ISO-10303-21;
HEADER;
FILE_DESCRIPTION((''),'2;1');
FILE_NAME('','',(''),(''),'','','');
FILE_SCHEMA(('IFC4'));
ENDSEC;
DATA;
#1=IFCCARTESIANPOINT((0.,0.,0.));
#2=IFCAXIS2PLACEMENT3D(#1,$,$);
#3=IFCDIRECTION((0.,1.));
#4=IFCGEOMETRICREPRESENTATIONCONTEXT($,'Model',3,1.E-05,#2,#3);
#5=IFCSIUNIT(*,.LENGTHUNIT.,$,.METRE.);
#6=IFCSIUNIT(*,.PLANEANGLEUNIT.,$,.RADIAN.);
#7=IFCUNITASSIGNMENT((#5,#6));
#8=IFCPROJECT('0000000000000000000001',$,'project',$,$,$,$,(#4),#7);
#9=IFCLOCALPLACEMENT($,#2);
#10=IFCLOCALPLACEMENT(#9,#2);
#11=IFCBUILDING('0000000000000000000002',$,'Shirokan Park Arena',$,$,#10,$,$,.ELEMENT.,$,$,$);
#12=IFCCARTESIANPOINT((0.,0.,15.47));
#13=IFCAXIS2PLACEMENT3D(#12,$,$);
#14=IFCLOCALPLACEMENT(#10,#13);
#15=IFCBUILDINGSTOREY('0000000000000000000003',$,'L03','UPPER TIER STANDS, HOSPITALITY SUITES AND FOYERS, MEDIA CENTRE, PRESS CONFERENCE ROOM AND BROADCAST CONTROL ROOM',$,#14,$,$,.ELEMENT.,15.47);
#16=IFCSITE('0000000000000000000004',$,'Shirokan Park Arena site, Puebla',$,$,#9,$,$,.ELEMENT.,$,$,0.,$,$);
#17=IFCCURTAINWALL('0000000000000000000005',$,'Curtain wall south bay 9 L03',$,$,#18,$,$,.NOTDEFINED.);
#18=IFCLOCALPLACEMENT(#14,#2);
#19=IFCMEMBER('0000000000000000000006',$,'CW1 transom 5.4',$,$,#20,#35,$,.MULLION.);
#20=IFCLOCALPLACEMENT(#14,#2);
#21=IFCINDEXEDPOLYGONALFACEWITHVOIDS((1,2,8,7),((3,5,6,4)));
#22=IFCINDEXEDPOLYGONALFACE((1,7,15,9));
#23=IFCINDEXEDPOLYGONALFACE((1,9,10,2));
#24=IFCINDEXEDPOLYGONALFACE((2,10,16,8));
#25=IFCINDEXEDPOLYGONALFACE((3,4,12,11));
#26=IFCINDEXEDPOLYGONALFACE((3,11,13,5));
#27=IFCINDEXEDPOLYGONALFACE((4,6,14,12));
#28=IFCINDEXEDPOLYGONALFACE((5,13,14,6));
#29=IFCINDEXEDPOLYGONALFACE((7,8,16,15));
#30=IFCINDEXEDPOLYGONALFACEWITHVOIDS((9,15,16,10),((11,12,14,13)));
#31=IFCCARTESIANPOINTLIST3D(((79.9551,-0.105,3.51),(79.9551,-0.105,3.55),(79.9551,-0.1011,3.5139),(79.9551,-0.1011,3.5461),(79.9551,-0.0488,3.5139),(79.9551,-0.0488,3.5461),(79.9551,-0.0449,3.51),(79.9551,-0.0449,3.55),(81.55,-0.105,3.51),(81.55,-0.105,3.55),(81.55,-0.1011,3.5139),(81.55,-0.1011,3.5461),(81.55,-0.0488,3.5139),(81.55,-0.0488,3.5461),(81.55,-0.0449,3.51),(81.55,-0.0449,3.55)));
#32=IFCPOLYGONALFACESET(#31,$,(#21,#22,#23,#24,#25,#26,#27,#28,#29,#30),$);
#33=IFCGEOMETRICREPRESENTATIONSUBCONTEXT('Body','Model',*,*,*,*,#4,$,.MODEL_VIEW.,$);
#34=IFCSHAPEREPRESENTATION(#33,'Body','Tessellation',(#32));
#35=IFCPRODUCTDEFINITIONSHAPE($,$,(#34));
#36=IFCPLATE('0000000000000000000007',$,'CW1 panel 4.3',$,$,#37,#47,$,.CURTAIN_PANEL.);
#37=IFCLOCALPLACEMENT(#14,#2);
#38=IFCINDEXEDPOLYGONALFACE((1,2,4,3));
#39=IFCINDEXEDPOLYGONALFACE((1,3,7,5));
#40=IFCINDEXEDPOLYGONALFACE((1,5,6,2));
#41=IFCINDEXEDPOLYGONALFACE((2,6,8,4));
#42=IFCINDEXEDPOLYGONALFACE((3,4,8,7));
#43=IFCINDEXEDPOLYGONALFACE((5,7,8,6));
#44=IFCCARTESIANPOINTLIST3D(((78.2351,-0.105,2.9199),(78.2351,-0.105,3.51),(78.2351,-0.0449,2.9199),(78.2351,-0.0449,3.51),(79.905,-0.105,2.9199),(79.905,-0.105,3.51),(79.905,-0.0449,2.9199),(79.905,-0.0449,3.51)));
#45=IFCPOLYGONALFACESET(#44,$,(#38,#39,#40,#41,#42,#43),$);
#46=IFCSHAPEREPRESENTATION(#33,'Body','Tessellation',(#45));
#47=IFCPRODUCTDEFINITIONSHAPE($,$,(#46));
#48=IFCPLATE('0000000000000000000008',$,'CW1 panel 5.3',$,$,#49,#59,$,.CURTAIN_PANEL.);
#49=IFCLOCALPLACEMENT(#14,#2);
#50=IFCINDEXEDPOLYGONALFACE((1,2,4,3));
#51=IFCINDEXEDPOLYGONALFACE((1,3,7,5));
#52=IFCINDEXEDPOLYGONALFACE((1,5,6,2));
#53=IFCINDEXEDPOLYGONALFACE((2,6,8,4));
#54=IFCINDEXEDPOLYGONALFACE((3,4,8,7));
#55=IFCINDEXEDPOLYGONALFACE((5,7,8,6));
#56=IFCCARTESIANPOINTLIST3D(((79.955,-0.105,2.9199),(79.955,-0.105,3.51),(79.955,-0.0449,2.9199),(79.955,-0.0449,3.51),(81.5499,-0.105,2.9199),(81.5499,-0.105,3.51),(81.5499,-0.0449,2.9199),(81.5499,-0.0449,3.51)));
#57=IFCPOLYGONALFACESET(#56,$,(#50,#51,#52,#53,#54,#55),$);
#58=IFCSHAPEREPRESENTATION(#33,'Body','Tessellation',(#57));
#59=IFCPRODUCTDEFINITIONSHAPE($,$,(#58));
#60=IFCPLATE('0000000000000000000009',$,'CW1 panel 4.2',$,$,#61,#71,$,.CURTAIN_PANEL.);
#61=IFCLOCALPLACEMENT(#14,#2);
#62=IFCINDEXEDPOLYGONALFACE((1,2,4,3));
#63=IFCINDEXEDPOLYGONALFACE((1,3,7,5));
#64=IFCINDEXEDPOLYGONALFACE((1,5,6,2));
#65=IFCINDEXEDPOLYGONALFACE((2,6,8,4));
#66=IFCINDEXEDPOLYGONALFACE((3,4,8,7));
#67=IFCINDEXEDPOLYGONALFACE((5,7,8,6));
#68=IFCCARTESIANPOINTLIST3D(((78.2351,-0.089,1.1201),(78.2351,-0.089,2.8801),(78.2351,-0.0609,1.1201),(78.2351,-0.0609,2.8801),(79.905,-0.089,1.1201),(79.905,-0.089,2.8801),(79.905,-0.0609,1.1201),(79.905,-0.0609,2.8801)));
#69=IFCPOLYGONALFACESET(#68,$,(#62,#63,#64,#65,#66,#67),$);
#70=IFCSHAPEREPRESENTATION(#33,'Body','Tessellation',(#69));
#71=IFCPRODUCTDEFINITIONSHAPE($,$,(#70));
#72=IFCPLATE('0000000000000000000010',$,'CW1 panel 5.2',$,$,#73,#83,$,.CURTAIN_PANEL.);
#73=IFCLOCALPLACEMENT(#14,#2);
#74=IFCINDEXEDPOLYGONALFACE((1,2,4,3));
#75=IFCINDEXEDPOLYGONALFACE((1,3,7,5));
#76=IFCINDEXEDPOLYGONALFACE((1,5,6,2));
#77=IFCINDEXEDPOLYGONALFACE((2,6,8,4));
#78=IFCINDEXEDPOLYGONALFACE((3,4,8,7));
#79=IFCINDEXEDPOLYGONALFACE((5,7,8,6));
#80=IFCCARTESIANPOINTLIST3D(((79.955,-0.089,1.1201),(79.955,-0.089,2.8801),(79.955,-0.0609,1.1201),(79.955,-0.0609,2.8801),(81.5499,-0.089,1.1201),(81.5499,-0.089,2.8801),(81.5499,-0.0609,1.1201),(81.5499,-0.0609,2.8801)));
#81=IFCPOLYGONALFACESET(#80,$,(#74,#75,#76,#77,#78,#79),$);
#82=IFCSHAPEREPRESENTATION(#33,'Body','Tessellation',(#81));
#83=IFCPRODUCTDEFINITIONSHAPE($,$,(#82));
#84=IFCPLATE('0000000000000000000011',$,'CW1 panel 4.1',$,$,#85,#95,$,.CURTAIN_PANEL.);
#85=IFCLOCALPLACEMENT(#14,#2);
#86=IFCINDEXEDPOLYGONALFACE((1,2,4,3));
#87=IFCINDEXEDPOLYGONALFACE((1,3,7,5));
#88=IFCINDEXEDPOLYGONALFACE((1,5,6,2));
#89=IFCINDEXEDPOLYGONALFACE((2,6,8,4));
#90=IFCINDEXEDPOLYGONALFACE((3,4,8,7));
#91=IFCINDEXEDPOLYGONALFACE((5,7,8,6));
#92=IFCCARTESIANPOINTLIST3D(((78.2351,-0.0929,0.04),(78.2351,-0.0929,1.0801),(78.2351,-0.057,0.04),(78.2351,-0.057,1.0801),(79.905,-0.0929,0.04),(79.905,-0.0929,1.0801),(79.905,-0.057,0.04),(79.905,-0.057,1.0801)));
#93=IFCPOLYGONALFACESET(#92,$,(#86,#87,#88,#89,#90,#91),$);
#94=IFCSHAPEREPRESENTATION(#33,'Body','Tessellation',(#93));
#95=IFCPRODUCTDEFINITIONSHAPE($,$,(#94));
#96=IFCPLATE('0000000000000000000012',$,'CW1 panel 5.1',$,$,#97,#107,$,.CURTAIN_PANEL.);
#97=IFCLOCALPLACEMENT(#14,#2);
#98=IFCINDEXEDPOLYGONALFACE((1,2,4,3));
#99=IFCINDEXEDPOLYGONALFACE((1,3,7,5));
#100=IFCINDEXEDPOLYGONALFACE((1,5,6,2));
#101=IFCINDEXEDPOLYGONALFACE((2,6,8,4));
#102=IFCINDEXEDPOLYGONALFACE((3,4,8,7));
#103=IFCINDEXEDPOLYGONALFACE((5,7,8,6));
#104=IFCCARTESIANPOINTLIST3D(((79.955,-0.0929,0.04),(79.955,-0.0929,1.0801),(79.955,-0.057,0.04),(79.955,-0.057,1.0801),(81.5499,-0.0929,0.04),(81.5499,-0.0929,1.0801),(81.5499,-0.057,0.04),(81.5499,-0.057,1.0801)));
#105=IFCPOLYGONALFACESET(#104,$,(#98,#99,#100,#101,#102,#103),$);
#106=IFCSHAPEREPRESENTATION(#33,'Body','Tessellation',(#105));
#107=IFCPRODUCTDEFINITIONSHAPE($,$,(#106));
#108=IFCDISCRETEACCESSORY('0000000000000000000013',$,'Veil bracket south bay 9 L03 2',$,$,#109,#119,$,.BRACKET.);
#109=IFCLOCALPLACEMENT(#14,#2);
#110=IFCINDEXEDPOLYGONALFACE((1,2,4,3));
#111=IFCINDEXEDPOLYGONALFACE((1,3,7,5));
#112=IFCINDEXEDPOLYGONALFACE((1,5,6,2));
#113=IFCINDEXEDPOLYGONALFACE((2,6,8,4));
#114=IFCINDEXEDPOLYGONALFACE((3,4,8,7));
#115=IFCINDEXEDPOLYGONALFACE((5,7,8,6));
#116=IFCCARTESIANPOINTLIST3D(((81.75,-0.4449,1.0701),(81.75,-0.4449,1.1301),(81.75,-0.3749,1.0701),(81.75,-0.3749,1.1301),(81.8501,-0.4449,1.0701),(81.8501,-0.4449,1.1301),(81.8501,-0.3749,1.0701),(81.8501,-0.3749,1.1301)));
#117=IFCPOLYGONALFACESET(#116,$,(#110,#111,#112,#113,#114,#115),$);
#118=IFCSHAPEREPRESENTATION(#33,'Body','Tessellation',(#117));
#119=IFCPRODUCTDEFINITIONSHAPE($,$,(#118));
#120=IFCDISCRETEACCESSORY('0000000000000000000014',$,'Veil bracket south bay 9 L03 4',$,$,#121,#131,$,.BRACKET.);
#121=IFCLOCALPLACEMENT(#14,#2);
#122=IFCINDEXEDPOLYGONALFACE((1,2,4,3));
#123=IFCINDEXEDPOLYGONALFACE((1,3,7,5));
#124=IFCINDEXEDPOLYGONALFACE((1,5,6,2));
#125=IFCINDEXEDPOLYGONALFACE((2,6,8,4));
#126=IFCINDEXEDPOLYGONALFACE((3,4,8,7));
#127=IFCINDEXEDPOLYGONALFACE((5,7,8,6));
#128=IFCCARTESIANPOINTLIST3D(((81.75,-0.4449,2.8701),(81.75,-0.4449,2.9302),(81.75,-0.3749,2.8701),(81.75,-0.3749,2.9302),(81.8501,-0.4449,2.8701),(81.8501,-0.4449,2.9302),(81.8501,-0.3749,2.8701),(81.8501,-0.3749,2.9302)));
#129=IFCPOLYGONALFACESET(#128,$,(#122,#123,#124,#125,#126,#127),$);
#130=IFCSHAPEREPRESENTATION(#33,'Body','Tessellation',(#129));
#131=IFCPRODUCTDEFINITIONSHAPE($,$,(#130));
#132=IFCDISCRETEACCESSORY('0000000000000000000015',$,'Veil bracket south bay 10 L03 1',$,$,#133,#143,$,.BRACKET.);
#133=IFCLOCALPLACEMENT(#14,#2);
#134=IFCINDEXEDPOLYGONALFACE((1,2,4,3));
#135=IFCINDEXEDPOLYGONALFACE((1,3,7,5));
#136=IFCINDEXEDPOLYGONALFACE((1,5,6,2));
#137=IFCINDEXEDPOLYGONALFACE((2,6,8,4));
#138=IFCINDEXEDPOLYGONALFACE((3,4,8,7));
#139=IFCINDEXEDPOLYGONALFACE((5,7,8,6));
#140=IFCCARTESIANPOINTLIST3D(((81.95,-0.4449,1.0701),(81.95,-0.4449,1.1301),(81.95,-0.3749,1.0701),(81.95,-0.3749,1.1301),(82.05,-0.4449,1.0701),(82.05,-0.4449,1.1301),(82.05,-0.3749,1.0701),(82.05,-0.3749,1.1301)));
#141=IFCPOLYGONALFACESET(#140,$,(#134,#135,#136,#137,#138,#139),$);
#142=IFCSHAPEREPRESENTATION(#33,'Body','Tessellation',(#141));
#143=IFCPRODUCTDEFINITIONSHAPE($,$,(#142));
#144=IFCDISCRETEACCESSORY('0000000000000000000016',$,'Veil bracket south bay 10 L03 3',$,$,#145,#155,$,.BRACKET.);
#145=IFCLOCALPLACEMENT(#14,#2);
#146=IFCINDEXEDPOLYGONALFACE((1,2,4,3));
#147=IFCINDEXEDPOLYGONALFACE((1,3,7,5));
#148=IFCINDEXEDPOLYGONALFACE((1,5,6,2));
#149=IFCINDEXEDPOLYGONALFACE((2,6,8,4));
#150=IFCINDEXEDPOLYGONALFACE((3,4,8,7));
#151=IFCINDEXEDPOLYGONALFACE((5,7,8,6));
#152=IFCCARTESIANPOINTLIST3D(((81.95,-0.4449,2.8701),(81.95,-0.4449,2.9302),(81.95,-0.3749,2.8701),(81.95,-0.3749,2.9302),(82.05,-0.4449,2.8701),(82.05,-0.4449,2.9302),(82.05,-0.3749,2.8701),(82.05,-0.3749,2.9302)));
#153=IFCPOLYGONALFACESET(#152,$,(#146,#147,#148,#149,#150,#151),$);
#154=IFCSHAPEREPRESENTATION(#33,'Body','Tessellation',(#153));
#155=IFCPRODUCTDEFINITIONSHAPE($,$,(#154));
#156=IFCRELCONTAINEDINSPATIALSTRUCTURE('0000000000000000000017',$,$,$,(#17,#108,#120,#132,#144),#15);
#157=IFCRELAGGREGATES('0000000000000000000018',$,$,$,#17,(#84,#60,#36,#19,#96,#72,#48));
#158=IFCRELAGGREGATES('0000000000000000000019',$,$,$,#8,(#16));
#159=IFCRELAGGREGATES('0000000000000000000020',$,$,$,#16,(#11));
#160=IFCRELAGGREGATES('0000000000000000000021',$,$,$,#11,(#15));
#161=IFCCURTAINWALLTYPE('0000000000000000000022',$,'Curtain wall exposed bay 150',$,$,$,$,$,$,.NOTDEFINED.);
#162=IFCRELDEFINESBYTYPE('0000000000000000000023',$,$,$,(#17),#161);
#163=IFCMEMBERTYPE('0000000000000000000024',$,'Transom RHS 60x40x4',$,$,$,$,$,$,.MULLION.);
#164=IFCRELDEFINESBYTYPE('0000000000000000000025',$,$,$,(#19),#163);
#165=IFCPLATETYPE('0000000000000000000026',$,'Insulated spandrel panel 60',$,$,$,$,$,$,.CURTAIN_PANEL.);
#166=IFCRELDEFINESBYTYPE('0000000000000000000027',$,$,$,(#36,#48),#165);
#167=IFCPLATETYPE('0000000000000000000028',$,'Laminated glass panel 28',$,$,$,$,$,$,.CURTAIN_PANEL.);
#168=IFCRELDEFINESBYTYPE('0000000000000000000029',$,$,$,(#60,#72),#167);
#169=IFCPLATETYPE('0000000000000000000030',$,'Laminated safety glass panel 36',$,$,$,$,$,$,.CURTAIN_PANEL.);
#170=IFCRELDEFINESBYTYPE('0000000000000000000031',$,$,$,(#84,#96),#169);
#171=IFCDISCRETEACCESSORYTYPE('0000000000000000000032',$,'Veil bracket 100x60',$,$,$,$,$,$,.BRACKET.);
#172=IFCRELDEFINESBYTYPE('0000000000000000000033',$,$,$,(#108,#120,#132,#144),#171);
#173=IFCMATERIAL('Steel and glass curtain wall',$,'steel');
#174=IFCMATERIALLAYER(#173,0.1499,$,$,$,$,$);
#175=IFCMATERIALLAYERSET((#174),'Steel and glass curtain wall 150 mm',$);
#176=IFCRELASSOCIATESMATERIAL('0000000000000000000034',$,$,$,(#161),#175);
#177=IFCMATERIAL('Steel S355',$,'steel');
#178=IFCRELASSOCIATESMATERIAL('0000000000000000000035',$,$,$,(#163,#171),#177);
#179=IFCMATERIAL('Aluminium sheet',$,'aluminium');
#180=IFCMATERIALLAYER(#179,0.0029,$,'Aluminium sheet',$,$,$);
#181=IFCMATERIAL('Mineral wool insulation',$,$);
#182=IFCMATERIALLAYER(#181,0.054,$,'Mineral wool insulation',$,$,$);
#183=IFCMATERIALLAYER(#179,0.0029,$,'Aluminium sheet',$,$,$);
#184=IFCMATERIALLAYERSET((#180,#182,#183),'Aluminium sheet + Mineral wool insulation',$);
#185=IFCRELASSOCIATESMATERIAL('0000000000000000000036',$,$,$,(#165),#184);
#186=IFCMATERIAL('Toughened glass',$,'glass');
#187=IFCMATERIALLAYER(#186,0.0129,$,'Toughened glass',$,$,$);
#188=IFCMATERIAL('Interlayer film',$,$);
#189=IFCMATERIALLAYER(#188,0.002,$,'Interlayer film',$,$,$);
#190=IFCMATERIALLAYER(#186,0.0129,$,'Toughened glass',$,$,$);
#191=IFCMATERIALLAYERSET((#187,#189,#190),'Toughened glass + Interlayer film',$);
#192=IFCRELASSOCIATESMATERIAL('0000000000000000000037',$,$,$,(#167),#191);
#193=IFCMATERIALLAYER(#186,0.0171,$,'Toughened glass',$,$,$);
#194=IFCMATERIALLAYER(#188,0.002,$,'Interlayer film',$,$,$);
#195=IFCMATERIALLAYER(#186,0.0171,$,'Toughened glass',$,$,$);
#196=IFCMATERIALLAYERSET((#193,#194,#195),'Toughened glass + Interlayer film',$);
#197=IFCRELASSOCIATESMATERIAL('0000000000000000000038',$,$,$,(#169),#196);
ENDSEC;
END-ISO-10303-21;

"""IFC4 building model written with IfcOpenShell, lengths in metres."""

from ifc_helpers import new_model, si_unit, direction, frame, origin, origin_2d, place, context, subcontext, project, spatial, rectangle, hollow_rectangle, extrude, material, layer, layer_set, material_profile, profile_set, type_object, element, aggregate, save


model = new_model("IFC4")

# Units and contexts
model_context = context("Model", 3, precision=1e-05, world=origin(), true_north=direction((0.0, 1.0)))
body_context = subcontext(model_context, "Body", "Model", "MODEL_VIEW")
ifc_project = project(units=[si_unit("LENGTHUNIT", "METRE"), si_unit("PLANEANGLEUNIT", "RADIAN")], contexts=[model_context])

# Site, building, storey
site_placement = place(None, origin())
site = spatial("IfcSite", under=ifc_project, at=site_placement, Name="Shirokan Park Arena site, Puebla", CompositionType="ELEMENT", RefElevation=0.0)
building_placement = place(site_placement, origin())
building = spatial("IfcBuilding", under=site, at=building_placement, Name="Shirokan Park Arena", CompositionType="ELEMENT")
storey_placement = place(building_placement, frame((0.0, 0.0, 15.47)))
storey = spatial("IfcBuildingStorey", under=building, at=storey_placement, Name="L03", Description="UPPER TIER STANDS, HOSPITALITY SUITES AND FOYERS, MEDIA CENTRE, PRESS CONFERENCE ROOM AND BROADCAST CONTROL ROOM", CompositionType="ELEMENT", Elevation=15.47)

# Curtain wall, member, plates
ifc_material_1 = material(Name="Steel and glass curtain wall", Category="steel")
ifc_layer_1 = layer(ifc_material_1, 0.1499)
ifc_layer_set_1 = layer_set([ifc_layer_1], Name="Steel and glass curtain wall 150 mm")
curtain_wall_type = type_object("IfcCurtainWallType", Name="Curtain wall exposed bay 150", PredefinedType="NOTDEFINED", material=ifc_layer_set_1)
curtain_wall_placement = place(storey_placement, origin())
curtain_wall = element("IfcCurtainWall", 1, at=curtain_wall_placement, inside=storey, type_object=curtain_wall_type, Name="Curtain wall south bay 9 L03", PredefinedType="NOTDEFINED")
ifc_material_2 = material(Name="Steel S355", Category="steel")
ifc_material_profile_1 = material_profile(ifc_material_2, hollow_rectangle(XDim=0.0601, YDim=0.04, WallThickness=0.0039, at=origin_2d()), Name="RHS 60x40x4")
ifc_profile_set_1 = profile_set([ifc_material_profile_1], Name="Steel S355")
member_type_1 = type_object("IfcMemberType", Name="Transom RHS 60x40x4", PredefinedType="MULLION", material=ifc_profile_set_1)
member_1_placement = place(storey_placement, frame((79.9551, -0.075, 3.53), z_axis=(1.0, 0.0, 0.0), x_axis=(0.0, 1.0, 0.0)))
member_1 = element("IfcMember", 2, at=member_1_placement, type_object=member_type_1, Name="CW1 transom 5.4", PredefinedType="MULLION", context=body_context, shape_type="SweptSolid", body=[
    extrude(hollow_rectangle(XDim=0.0601, YDim=0.04, WallThickness=0.0039, at=origin_2d()), origin(), (0.0, 0.0, 1.0), 1.595),
])
ifc_material_3 = material(Name="Aluminium sheet", Category="aluminium")
ifc_layer_2 = layer(ifc_material_3, 0.0029, Name="Aluminium sheet")
ifc_material_4 = material(Name="Mineral wool insulation")
ifc_layer_3 = layer(ifc_material_4, 0.054, Name="Mineral wool insulation")
ifc_layer_4 = layer(ifc_material_3, 0.0029, Name="Aluminium sheet")
ifc_layer_set_2 = layer_set([ifc_layer_2, ifc_layer_3, ifc_layer_4], Name="Aluminium sheet + Mineral wool insulation")
plate_type_1 = type_object("IfcPlateType", Name="Insulated spandrel panel 60", PredefinedType="CURTAIN_PANEL", material=ifc_layer_set_2)
plate_1_placement = place(storey_placement, frame((79.0701, -0.075, 2.9199), z_axis=(0.0, 0.0, 1.0), x_axis=(1.0, 0.0, 0.0)))
plate_1 = element("IfcPlate", 3, at=plate_1_placement, type_object=plate_type_1, Name="CW1 panel 4.3", PredefinedType="CURTAIN_PANEL", context=body_context, shape_type="SweptSolid", body=[
    extrude(rectangle(XDim=1.6699, YDim=0.0601, at=origin_2d()), origin(), (0.0, 0.0, 1.0), 0.5901),
])
plate_2_placement = place(storey_placement, frame((80.7524, -0.075, 2.9199), z_axis=(0.0, 0.0, 1.0), x_axis=(1.0, 0.0, 0.0)))
plate_2 = element("IfcPlate", 4, at=plate_2_placement, type_object=plate_type_1, Name="CW1 panel 5.3", PredefinedType="CURTAIN_PANEL", context=body_context, shape_type="SweptSolid", body=[
    extrude(rectangle(XDim=1.595, YDim=0.0601, at=origin_2d()), origin(), (0.0, 0.0, 1.0), 0.5901),
])
ifc_material_5 = material(Name="Toughened glass", Category="glass")
ifc_layer_5 = layer(ifc_material_5, 0.0129, Name="Toughened glass")
ifc_material_6 = material(Name="Interlayer film")
ifc_layer_6 = layer(ifc_material_6, 0.002, Name="Interlayer film")
ifc_layer_7 = layer(ifc_material_5, 0.0129, Name="Toughened glass")
ifc_layer_set_3 = layer_set([ifc_layer_5, ifc_layer_6, ifc_layer_7], Name="Toughened glass + Interlayer film")
plate_type_2 = type_object("IfcPlateType", Name="Laminated glass panel 28", PredefinedType="CURTAIN_PANEL", material=ifc_layer_set_3)
plate_3_placement = place(storey_placement, frame((79.0701, -0.075, 1.1201), z_axis=(0.0, 0.0, 1.0), x_axis=(1.0, 0.0, 0.0)))
plate_3 = element("IfcPlate", 5, at=plate_3_placement, type_object=plate_type_2, Name="CW1 panel 4.2", PredefinedType="CURTAIN_PANEL", context=body_context, shape_type="SweptSolid", body=[
    extrude(rectangle(XDim=1.6699, YDim=0.0281, at=origin_2d()), origin(), (0.0, 0.0, 1.0), 1.76),
])
plate_4_placement = place(storey_placement, frame((80.7524, -0.075, 1.1201), z_axis=(0.0, 0.0, 1.0), x_axis=(1.0, 0.0, 0.0)))
plate_4 = element("IfcPlate", 6, at=plate_4_placement, type_object=plate_type_2, Name="CW1 panel 5.2", PredefinedType="CURTAIN_PANEL", context=body_context, shape_type="SweptSolid", body=[
    extrude(rectangle(XDim=1.595, YDim=0.0281, at=origin_2d()), origin(), (0.0, 0.0, 1.0), 1.76),
])
ifc_layer_8 = layer(ifc_material_5, 0.0171, Name="Toughened glass")
ifc_layer_9 = layer(ifc_material_6, 0.002, Name="Interlayer film")
ifc_layer_10 = layer(ifc_material_5, 0.0171, Name="Toughened glass")
ifc_layer_set_4 = layer_set([ifc_layer_8, ifc_layer_9, ifc_layer_10], Name="Toughened glass + Interlayer film")
plate_type_3 = type_object("IfcPlateType", Name="Laminated safety glass panel 36", PredefinedType="CURTAIN_PANEL", material=ifc_layer_set_4)
plate_5_placement = place(storey_placement, frame((79.0701, -0.075, 0.04), z_axis=(0.0, 0.0, 1.0), x_axis=(1.0, 0.0, 0.0)))
plate_5 = element("IfcPlate", 7, at=plate_5_placement, type_object=plate_type_3, Name="CW1 panel 4.1", PredefinedType="CURTAIN_PANEL", context=body_context, shape_type="SweptSolid", body=[
    extrude(rectangle(XDim=1.6699, YDim=0.0359, at=origin_2d()), origin(), (0.0, 0.0, 1.0), 1.04),
])
plate_6_placement = place(storey_placement, frame((80.7524, -0.075, 0.04), z_axis=(0.0, 0.0, 1.0), x_axis=(1.0, 0.0, 0.0)))
plate_6 = element("IfcPlate", 8, at=plate_6_placement, type_object=plate_type_3, Name="CW1 panel 5.1", PredefinedType="CURTAIN_PANEL", context=body_context, shape_type="SweptSolid", body=[
    extrude(rectangle(XDim=1.595, YDim=0.0359, at=origin_2d()), origin(), (0.0, 0.0, 1.0), 1.04),
])
aggregate(curtain_wall, [plate_5, plate_3, plate_1, member_1, plate_6, plate_4, plate_2])

# Discrete accessories
discrete_accessory_type = type_object("IfcDiscreteAccessoryType", Name="Veil bracket 100x60", PredefinedType="BRACKET", material=ifc_material_2)
for number, where, z_axis, x_axis, name in (
    (9, (81.8, -0.4099, 1.0701), (0.0, 0.0, 1.0), (1.0, 0.0, 0.0), "Veil bracket south bay 9 L03 2"),
    (10, (81.8, -0.4099, 2.8701), (0.0, 0.0, 1.0), (1.0, 0.0, 0.0), "Veil bracket south bay 9 L03 4"),
    (11, (82.0, -0.4099, 1.0701), (0.0, 0.0, 1.0), (1.0, 0.0, 0.0), "Veil bracket south bay 10 L03 1"),
    (12, (82.0, -0.4099, 2.8701), (0.0, 0.0, 1.0), (1.0, 0.0, 0.0), "Veil bracket south bay 10 L03 3"),
):
    element("IfcDiscreteAccessory", number, at=place(storey_placement, frame(where, z_axis=z_axis, x_axis=x_axis)), inside=storey, type_object=discrete_accessory_type, Name=name, PredefinedType="BRACKET", context=body_context, shape_type="SweptSolid", body=[
        extrude(rectangle(XDim=0.1001, YDim=0.0701, at=origin_2d()), origin(), (0.0, 0.0, 1.0), 0.0601),
    ])

save(model, "model.ifc")
